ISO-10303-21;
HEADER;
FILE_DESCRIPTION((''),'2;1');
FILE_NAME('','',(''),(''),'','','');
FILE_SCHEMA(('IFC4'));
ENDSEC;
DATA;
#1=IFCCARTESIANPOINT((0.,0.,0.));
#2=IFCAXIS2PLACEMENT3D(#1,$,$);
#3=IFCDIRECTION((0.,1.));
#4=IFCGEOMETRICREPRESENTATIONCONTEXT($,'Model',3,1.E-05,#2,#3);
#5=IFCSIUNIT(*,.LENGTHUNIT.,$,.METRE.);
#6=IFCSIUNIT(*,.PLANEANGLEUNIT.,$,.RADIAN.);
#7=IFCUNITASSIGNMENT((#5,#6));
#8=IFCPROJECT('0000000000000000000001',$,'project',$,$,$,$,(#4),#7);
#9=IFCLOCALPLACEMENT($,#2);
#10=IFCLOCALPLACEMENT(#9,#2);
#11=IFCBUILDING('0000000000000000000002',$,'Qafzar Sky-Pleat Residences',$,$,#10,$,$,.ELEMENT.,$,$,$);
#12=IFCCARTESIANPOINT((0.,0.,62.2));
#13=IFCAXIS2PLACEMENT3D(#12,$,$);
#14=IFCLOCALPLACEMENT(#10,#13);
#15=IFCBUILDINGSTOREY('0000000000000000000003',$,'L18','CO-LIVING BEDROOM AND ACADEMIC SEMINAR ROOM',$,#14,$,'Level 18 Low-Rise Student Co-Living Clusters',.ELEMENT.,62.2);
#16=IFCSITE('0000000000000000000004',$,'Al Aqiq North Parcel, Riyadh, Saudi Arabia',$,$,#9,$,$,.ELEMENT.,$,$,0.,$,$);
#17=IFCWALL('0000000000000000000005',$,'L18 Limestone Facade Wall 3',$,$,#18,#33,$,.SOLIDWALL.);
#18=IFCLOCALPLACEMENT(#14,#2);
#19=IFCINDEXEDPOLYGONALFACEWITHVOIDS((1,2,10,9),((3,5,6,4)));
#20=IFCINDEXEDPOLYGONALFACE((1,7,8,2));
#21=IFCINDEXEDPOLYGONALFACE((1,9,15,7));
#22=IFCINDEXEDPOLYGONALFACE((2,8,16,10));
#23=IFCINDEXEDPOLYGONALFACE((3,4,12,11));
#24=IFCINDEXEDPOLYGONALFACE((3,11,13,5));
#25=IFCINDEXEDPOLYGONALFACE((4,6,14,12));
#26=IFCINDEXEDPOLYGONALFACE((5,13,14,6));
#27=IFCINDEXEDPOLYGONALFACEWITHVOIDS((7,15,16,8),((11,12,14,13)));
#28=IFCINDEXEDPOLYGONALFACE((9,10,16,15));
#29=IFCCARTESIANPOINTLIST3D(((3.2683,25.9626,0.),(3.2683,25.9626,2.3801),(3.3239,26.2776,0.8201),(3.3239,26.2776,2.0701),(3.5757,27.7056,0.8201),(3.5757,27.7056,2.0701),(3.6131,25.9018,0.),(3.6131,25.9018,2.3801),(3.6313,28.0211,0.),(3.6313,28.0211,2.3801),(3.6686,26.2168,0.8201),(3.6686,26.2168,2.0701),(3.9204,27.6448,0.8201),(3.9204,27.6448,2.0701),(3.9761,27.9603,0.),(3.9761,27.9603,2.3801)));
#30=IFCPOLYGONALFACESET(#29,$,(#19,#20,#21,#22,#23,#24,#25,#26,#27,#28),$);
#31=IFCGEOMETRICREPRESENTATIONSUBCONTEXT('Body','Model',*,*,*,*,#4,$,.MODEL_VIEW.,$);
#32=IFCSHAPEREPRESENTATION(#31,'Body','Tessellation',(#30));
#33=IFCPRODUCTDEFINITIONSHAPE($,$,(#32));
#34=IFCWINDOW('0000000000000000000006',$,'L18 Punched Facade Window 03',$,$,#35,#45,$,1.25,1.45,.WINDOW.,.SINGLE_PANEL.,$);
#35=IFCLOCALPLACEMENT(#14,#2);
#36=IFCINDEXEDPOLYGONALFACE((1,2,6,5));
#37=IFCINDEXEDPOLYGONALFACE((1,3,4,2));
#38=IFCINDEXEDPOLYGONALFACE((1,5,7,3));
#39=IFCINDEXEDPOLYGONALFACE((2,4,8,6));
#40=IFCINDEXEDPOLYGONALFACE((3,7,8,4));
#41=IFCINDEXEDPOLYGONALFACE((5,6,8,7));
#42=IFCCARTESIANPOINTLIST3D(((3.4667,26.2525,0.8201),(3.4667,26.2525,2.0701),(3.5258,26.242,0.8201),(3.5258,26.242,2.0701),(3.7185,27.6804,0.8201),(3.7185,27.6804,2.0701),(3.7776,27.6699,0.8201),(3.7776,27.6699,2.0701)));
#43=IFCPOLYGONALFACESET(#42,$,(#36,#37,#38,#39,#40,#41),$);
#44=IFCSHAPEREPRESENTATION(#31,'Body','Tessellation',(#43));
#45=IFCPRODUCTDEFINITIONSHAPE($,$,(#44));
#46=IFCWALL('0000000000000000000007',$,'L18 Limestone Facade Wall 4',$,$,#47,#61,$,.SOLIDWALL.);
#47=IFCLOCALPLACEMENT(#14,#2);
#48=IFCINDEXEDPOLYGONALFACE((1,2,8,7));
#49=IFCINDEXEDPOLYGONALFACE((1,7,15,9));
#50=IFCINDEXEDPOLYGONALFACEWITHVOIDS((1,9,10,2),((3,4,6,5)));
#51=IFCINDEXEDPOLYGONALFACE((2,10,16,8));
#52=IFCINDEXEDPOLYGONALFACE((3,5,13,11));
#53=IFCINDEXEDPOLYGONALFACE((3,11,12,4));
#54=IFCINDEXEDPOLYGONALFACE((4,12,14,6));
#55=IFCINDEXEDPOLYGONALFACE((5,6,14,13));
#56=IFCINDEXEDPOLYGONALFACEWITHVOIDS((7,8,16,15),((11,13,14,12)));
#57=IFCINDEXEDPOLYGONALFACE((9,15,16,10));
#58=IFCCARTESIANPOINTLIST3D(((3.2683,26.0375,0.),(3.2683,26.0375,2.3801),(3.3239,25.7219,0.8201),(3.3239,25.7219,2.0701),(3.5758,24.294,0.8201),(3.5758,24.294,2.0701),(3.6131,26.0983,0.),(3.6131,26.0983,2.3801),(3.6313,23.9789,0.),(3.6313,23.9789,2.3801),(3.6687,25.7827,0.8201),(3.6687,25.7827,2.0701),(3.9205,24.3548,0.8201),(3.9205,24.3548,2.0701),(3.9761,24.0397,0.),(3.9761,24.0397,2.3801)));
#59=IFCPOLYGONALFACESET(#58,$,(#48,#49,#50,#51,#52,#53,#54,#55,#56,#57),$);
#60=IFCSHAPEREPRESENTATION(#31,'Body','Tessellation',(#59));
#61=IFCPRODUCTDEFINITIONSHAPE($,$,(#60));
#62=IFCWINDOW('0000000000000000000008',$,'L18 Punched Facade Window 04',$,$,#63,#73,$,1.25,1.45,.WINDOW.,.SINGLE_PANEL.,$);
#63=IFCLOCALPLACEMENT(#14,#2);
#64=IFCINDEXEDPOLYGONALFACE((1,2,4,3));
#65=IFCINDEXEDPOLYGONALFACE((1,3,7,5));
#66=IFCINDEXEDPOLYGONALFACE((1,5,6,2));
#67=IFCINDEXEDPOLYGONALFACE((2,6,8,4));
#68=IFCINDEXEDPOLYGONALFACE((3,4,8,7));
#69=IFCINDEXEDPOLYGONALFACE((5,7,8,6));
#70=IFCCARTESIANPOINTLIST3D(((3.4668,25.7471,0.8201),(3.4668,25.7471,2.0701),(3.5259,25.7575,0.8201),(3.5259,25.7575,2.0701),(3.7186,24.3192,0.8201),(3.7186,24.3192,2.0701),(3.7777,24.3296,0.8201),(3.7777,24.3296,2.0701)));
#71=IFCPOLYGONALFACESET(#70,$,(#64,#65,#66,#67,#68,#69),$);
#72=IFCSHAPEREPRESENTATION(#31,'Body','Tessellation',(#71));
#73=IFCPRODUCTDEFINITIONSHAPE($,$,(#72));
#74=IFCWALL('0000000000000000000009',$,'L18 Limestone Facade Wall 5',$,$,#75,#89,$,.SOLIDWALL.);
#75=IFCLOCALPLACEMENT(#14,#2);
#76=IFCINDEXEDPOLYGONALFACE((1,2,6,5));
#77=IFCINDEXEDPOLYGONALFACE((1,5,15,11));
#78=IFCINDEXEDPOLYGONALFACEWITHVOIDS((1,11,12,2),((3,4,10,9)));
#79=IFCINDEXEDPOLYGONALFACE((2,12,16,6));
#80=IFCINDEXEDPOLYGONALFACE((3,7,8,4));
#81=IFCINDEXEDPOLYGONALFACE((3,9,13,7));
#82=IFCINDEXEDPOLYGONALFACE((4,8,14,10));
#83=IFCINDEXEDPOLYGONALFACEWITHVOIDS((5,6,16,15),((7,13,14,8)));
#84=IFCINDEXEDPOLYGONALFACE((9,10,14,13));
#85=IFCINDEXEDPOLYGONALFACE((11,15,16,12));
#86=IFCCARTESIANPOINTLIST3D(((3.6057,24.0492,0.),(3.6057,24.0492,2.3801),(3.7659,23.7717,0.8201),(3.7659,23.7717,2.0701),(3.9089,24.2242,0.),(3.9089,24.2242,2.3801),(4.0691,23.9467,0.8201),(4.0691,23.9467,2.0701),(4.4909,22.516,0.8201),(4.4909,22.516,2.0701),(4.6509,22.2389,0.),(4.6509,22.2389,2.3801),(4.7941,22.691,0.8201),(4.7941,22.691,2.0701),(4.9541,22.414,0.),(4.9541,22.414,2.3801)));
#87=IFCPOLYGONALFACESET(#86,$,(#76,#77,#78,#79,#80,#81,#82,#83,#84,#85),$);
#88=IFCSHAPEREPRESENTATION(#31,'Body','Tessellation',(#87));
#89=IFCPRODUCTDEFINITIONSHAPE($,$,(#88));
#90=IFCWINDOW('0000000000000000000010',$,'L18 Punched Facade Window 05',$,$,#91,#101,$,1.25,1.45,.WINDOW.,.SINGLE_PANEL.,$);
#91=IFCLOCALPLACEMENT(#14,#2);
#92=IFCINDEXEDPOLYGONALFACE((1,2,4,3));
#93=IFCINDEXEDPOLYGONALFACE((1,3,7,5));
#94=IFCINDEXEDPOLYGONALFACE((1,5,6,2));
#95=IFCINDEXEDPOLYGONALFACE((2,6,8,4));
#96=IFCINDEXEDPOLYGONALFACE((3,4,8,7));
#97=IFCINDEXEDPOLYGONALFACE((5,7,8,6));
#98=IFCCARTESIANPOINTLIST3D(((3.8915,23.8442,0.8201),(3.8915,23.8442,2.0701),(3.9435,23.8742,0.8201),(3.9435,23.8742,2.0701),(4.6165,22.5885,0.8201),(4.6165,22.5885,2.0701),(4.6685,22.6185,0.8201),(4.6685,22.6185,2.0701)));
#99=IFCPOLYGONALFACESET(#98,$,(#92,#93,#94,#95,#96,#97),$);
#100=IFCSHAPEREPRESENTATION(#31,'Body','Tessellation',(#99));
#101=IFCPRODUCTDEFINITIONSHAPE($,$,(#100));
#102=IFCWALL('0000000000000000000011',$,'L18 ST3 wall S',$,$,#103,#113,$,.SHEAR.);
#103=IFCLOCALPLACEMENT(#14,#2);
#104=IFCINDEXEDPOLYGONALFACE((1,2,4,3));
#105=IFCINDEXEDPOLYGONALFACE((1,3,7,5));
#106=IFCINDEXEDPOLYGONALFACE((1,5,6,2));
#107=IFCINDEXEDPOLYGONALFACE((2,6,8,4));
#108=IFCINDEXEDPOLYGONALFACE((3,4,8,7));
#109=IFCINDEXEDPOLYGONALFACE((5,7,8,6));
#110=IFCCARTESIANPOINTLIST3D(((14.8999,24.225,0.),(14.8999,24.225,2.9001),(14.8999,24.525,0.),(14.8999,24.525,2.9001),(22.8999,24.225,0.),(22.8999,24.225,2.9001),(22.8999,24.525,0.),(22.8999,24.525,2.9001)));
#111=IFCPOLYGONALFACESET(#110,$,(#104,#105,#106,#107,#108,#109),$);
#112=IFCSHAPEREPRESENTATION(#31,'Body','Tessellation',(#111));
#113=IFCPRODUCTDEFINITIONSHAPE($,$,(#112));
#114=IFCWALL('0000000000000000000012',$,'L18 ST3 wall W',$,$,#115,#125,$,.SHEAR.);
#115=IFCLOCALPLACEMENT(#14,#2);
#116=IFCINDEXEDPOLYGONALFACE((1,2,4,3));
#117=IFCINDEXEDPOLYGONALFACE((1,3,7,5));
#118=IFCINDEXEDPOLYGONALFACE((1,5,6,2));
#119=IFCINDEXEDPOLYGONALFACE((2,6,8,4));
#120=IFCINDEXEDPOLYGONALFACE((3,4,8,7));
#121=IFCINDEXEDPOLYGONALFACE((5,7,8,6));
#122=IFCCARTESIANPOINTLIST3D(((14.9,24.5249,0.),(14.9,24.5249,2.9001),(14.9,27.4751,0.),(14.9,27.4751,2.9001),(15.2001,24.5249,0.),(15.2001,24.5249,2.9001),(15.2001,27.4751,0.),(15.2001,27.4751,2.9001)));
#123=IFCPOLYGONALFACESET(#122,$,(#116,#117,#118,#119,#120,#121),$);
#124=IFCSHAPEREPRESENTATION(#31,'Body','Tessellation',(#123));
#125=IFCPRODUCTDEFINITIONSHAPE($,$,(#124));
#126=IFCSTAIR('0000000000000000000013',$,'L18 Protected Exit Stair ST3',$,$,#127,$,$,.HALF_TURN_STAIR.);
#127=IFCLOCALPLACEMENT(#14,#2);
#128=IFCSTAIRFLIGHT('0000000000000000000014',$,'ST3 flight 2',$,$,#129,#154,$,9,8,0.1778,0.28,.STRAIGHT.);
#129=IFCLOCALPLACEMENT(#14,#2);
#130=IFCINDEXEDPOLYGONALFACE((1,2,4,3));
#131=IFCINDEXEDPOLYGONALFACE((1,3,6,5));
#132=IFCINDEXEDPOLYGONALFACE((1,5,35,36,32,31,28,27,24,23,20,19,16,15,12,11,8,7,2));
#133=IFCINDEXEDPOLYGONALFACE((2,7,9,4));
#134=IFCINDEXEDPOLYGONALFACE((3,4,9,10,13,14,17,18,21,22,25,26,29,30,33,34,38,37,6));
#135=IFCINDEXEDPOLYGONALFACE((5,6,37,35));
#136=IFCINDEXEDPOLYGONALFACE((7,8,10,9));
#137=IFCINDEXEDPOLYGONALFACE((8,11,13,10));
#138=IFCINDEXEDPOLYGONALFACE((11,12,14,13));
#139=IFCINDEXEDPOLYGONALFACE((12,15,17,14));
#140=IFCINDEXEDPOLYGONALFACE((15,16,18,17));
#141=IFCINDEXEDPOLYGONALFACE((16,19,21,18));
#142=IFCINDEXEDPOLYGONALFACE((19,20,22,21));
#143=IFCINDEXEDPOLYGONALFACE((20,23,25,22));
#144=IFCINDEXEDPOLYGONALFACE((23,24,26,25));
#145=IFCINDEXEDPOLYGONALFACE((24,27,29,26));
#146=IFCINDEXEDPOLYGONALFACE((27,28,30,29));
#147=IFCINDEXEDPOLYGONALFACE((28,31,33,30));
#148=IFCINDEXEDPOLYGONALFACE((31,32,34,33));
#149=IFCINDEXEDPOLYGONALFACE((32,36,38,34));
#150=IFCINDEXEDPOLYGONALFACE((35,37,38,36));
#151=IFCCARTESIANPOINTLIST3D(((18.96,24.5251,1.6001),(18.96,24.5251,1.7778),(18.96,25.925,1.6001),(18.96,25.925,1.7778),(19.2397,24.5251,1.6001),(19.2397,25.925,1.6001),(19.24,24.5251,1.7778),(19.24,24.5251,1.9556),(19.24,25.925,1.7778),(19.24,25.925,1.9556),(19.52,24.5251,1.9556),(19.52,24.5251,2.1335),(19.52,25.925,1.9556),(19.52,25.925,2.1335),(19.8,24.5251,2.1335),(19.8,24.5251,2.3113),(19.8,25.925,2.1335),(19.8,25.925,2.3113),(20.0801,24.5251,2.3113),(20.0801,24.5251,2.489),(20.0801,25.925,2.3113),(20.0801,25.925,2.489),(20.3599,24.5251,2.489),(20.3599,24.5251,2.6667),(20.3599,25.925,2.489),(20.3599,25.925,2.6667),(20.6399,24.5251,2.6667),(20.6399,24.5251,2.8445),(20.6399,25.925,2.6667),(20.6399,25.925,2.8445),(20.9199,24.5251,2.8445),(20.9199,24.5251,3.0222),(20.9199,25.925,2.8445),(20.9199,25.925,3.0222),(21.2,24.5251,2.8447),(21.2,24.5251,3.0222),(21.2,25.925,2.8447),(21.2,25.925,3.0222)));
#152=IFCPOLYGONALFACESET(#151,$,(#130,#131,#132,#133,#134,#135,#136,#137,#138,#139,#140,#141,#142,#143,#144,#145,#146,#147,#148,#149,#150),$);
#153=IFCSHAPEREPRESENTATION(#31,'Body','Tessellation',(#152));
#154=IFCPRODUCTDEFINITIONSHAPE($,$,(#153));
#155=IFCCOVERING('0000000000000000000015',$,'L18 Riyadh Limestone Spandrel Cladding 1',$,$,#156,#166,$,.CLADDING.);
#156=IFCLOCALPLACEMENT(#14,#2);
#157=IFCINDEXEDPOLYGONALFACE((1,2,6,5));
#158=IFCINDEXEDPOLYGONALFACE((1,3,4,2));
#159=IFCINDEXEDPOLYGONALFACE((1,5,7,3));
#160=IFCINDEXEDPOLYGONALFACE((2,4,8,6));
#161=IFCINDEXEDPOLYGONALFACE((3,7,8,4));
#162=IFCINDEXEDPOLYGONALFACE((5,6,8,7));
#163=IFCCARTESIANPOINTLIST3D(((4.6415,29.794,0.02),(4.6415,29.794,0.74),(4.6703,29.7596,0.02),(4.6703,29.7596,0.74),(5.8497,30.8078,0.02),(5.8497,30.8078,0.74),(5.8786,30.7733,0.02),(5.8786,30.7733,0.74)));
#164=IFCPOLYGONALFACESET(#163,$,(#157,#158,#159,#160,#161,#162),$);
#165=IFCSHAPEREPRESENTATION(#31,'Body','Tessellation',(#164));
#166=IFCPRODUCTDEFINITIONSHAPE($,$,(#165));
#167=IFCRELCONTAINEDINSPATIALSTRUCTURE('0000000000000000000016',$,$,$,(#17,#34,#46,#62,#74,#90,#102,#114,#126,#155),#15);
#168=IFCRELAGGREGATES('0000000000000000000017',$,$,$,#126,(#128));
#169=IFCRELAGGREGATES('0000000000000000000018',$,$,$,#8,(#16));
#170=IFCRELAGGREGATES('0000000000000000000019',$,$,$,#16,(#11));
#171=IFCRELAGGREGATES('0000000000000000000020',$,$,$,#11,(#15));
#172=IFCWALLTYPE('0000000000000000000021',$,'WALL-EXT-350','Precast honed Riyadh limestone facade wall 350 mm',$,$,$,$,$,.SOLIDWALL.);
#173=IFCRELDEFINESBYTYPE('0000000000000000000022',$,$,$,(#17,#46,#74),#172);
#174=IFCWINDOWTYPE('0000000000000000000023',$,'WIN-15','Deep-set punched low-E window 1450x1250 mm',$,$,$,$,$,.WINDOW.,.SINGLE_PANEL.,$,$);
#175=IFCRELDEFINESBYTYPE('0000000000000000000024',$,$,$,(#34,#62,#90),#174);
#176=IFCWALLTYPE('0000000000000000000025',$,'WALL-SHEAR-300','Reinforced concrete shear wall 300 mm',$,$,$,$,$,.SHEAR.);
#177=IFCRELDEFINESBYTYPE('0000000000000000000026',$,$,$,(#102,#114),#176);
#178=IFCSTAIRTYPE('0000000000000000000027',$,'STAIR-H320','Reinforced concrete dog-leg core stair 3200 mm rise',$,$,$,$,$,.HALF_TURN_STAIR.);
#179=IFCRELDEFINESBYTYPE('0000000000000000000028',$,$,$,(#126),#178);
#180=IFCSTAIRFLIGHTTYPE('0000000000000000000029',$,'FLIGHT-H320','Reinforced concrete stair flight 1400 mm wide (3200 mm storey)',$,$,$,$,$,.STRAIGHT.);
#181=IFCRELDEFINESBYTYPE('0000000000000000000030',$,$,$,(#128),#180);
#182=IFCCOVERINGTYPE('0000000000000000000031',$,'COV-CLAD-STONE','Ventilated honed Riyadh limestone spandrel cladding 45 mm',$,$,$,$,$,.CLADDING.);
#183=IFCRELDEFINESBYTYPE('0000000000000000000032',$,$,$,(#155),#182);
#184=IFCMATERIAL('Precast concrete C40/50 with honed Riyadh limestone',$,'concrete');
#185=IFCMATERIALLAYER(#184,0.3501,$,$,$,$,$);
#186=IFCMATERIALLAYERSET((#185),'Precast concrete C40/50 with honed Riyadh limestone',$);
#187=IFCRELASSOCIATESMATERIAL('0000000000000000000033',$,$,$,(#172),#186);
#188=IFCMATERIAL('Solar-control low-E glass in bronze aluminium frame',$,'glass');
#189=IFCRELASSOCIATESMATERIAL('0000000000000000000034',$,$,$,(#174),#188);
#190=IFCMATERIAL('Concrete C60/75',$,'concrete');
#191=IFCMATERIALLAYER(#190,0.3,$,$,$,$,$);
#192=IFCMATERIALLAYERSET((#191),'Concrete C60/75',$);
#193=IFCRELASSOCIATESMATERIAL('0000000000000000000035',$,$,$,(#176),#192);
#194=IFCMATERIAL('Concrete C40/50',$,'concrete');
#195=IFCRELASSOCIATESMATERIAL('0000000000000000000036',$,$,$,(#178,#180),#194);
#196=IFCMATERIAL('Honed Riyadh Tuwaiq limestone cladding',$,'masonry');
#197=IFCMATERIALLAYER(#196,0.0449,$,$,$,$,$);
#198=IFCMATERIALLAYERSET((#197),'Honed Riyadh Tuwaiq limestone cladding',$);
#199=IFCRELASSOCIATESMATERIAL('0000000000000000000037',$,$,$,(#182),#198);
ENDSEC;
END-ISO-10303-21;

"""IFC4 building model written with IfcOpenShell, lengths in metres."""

from ifc_helpers import new_model, si_unit, direction, frame, frame_2d, origin, origin_2d, place, context, subcontext, project, spatial, polyline, rectangle, outline, extrude, source, transform, mapped, material, layer, layer_set, type_object, element, fill, aggregate, save


model = new_model("IFC4")

# Units and contexts
model_context = context("Model", 3, precision=1e-05, world=origin(), true_north=direction((0.0, 1.0)))
body_context = subcontext(model_context, "Body", "Model", "MODEL_VIEW")
ifc_project = project(units=[si_unit("LENGTHUNIT", "METRE"), si_unit("PLANEANGLEUNIT", "RADIAN")], contexts=[model_context])

# Site, building, storey
site_placement = place(None, origin())
site = spatial("IfcSite", under=ifc_project, at=site_placement, Name="Al Aqiq North Parcel, Riyadh, Saudi Arabia", CompositionType="ELEMENT", RefElevation=0.0)
building_placement = place(site_placement, origin())
building = spatial("IfcBuilding", under=site, at=building_placement, Name="Qafzar Sky-Pleat Residences", CompositionType="ELEMENT")
storey_placement = place(building_placement, frame((0.0, 0.0, 62.2)))
storey = spatial("IfcBuildingStorey", under=building, at=storey_placement, Name="L18", Description="CO-LIVING BEDROOM AND ACADEMIC SEMINAR ROOM", LongName="Level 18 Low-Rise Student Co-Living Clusters", CompositionType="ELEMENT", Elevation=62.2)

# Shared definitions
ifc_material_1 = material(Name="Concrete C60/75", Category="concrete")

# Shared definitions
ifc_material_2 = material(Name="Precast concrete C40/50 with honed Riyadh limestone", Category="concrete")
ifc_layer_1 = layer(ifc_material_2, 0.3501)
ifc_layer_set_1 = layer_set([ifc_layer_1], Name="Precast concrete C40/50 with honed Riyadh limestone")
wall_type_1 = type_object("IfcWallType", Name="WALL-EXT-350", Description="Precast honed Riyadh limestone facade wall 350 mm", PredefinedType="SOLIDWALL", material=ifc_layer_set_1)

# Walls, openings, windows
ifc_material_3 = material(Name="Solar-control low-E glass in bronze aluminium frame", Category="glass")
window_type = type_object("IfcWindowType", Name="WIN-15", Description="Deep-set punched low-E window 1450x1250 mm", PartitioningType="SINGLE_PANEL", PredefinedType="WINDOW", material=ifc_material_3)
shared_shape_1 = source(origin(), body_context, "Body", "SweptSolid", [
    extrude(rectangle(XDim=1.45, YDim=1.25, at=frame_2d((0.7251, 0.625))), frame((0.0, 0.03, 0.0), z_axis=(0.0, -1.0, 0.0), x_axis=(1.0, 0.0, 0.0)), (0.0, 0.0, 1.0), 0.0601),
])
wall_1_placement = place(storey_placement, frame((3.8037, 27.9907, 0.0), z_axis=(0.0, 0.0, 1.0), x_axis=(-0.173672, -0.984804, 0.0)))
wall_1 = element("IfcWall", 1, at=wall_1_placement, inside=storey, type_object=wall_type_1, Name="L18 Limestone Facade Wall 3", PredefinedType="SOLIDWALL", context=body_context, shape_type="SweptSolid", body=[
    extrude(rectangle(XDim=2.0903, YDim=0.3501, at=frame_2d((1.0452, 0.0))), origin(), (0.0, 0.0, 1.0), 2.3801),
])
opening_1_placement = place(wall_1_placement, frame((0.3203, 0.0, 0.8201)))
opening_1 = element("IfcOpeningElement", 2, at=opening_1_placement, cuts=wall_1, PredefinedType="OPENING", context=body_context, shape_type="SweptSolid", body=[
    extrude(rectangle(XDim=1.45, YDim=1.25, at=frame_2d((0.7251, 0.625))), frame((0.0, 0.1851, 0.0), z_axis=(0.0, -1.0, 0.0), x_axis=(1.0, 0.0, 0.0)), (0.0, 0.0, 1.0), 0.3701),
])
window_1_placement = place(opening_1_placement, origin())
window_1 = element("IfcWindow", 3, at=window_1_placement, inside=storey, type_object=window_type, Name="L18 Punched Facade Window 03", OverallHeight=1.25, OverallWidth=1.45, PartitioningType="SINGLE_PANEL", PredefinedType="WINDOW", context=body_context, shape_type="MappedRepresentation", body=[
    mapped(shared_shape_1, transform((0.0, 0.0, 0.0), x_axis=(1.0, 0.0, 0.0), y_axis=(0.0, 1.0, 0.0), z_axis=(0.0, 0.0, 1.0), scale=1.0)),
])
fill(opening_1, window_1)
wall_2_placement = place(storey_placement, frame((3.4407, 26.0679, 0.0), z_axis=(0.0, 0.0, 1.0), x_axis=(0.173672, -0.984804, 0.0)))
wall_2 = element("IfcWall", 4, at=wall_2_placement, inside=storey, type_object=wall_type_1, Name="L18 Limestone Facade Wall 4", PredefinedType="SOLIDWALL", context=body_context, shape_type="SweptSolid", body=[
    extrude(rectangle(XDim=2.0903, YDim=0.3501, at=frame_2d((1.0452, 0.0))), origin(), (0.0, 0.0, 1.0), 2.3801),
])
opening_2_placement = place(wall_2_placement, frame((0.3203, 0.0, 0.8201)))
opening_2 = element("IfcOpeningElement", 5, at=opening_2_placement, cuts=wall_2, PredefinedType="OPENING", context=body_context, shape_type="SweptSolid", body=[
    extrude(rectangle(XDim=1.45, YDim=1.25, at=frame_2d((0.7251, 0.625))), frame((0.0, 0.1851, 0.0), z_axis=(0.0, -1.0, 0.0), x_axis=(1.0, 0.0, 0.0)), (0.0, 0.0, 1.0), 0.3701),
])
window_2_placement = place(opening_2_placement, origin())
window_2 = element("IfcWindow", 6, at=window_2_placement, inside=storey, type_object=window_type, Name="L18 Punched Facade Window 04", OverallHeight=1.25, OverallWidth=1.45, PartitioningType="SINGLE_PANEL", PredefinedType="WINDOW", context=body_context, shape_type="MappedRepresentation", body=[
    mapped(shared_shape_1, transform((0.0, 0.0, 0.0), x_axis=(1.0, 0.0, 0.0), y_axis=(0.0, 1.0, 0.0), z_axis=(0.0, 0.0, 1.0), scale=1.0)),
])
fill(opening_2, window_2)
wall_3_placement = place(storey_placement, frame((3.7573, 24.1367, 0.0), z_axis=(0.0, 0.0, 1.0), x_axis=(0.499995, -0.866028, 0.0)))
wall_3 = element("IfcWall", 7, at=wall_3_placement, inside=storey, type_object=wall_type_1, Name="L18 Limestone Facade Wall 5", PredefinedType="SOLIDWALL", context=body_context, shape_type="SweptSolid", body=[
    extrude(rectangle(XDim=2.0903, YDim=0.3501, at=frame_2d((1.0452, 0.0))), origin(), (0.0, 0.0, 1.0), 2.3801),
])
opening_3_placement = place(wall_3_placement, frame((0.3203, 0.0, 0.8201)))
opening_3 = element("IfcOpeningElement", 8, at=opening_3_placement, cuts=wall_3, PredefinedType="OPENING", context=body_context, shape_type="SweptSolid", body=[
    extrude(rectangle(XDim=1.45, YDim=1.25, at=frame_2d((0.7251, 0.625))), frame((0.0, 0.1851, 0.0), z_axis=(0.0, -1.0, 0.0), x_axis=(1.0, 0.0, 0.0)), (0.0, 0.0, 1.0), 0.3701),
])
window_3_placement = place(opening_3_placement, origin())
window_3 = element("IfcWindow", 9, at=window_3_placement, inside=storey, type_object=window_type, Name="L18 Punched Facade Window 05", OverallHeight=1.25, OverallWidth=1.45, PartitioningType="SINGLE_PANEL", PredefinedType="WINDOW", context=body_context, shape_type="MappedRepresentation", body=[
    mapped(shared_shape_1, transform((0.0, 0.0, 0.0), x_axis=(1.0, 0.0, 0.0), y_axis=(0.0, 1.0, 0.0), z_axis=(0.0, 0.0, 1.0), scale=1.0)),
])
fill(opening_3, window_3)

# Walls
ifc_layer_2 = layer(ifc_material_1, 0.3)
ifc_layer_set_2 = layer_set([ifc_layer_2], Name="Concrete C60/75")
wall_type_2 = type_object("IfcWallType", Name="WALL-SHEAR-300", Description="Reinforced concrete shear wall 300 mm", PredefinedType="SHEAR", material=ifc_layer_set_2)
wall_4_placement = place(storey_placement, frame((14.8999, 24.375, 0.0), z_axis=(0.0, 0.0, 1.0), x_axis=(1.0, 0.0, 0.0)))
element("IfcWall", 10, at=wall_4_placement, inside=storey, type_object=wall_type_2, Name="L18 ST3 wall S", PredefinedType="SHEAR", context=body_context, shape_type="SweptSolid", body=[
    extrude(rectangle(XDim=8.0, YDim=0.3, at=frame_2d((4.0, 0.0))), origin(), (0.0, 0.0, 1.0), 2.9001),
])
wall_5_placement = place(storey_placement, frame((15.05, 27.4751, 0.0), z_axis=(0.0, 0.0, 1.0), x_axis=(0.0, -1.0, 0.0)))
element("IfcWall", 11, at=wall_5_placement, inside=storey, type_object=wall_type_2, Name="L18 ST3 wall W", PredefinedType="SHEAR", context=body_context, shape_type="SweptSolid", body=[
    extrude(rectangle(XDim=2.9502, YDim=0.3, at=frame_2d((1.4751, 0.0))), origin(), (0.0, 0.0, 1.0), 2.9001),
])

# Stair, stair flight
ifc_material_4 = material(Name="Concrete C40/50", Category="concrete")
stair_type = type_object("IfcStairType", Name="STAIR-H320", Description="Reinforced concrete dog-leg core stair 3200 mm rise", PredefinedType="HALF_TURN_STAIR", material=ifc_material_4)
stair_placement = place(storey_placement, origin())
stair = element("IfcStair", 12, at=stair_placement, inside=storey, type_object=stair_type, Name="L18 Protected Exit Stair ST3", PredefinedType="HALF_TURN_STAIR")
stair_flight_type = type_object("IfcStairFlightType", Name="FLIGHT-H320", Description="Reinforced concrete stair flight 1400 mm wide (3200 mm storey)", PredefinedType="STRAIGHT", material=ifc_material_4)
shared_shape_2 = source(origin(), body_context, "Body", "SweptSolid", [
    extrude(outline(polyline([(0.0, 0.0), (0.0, 0.1777), (0.28, 0.1777), (0.28, 0.3555), (0.5601, 0.3555), (0.5601, 0.5334), (0.8401, 0.5334), (0.8401, 0.7112), (1.1201, 0.7112), (1.1201, 0.8889), (1.3999, 0.8889), (1.3999, 1.0667), (1.6799, 1.0667), (1.6799, 1.2444), (1.96, 1.2444), (1.96, 1.4221), (2.24, 1.4221), (2.24, 1.6001), (2.24, 1.2446), (0.2798, 0.0), (0.0, 0.0)])), frame((0.0, 0.7, 0.0), z_axis=(0.0, -1.0, 0.0), x_axis=(1.0, 0.0, 0.0)), (0.0, 0.0, 1.0), 1.3999),
])
stair_flight_placement = place(storey_placement, frame((18.96, 25.2251, 1.6001), z_axis=(0.0, 0.0, 1.0), x_axis=(1.0, 0.0, 0.0)))
stair_flight = element("IfcStairFlight", 13, at=stair_flight_placement, type_object=stair_flight_type, Name="ST3 flight 2", NumberOfRisers=9, NumberOfTreads=8, PredefinedType="STRAIGHT", RiserHeight=0.1778, TreadLength=0.28, context=body_context, shape_type="MappedRepresentation", body=[
    mapped(shared_shape_2, transform((0.0, 0.0, 0.0), x_axis=(1.0, 0.0, 0.0), y_axis=(0.0, 1.0, 0.0), z_axis=(0.0, 0.0, 1.0), scale=1.0)),
])
aggregate(stair, [stair_flight])

# Covering
ifc_material_5 = material(Name="Honed Riyadh Tuwaiq limestone cladding", Category="masonry")
ifc_layer_3 = layer(ifc_material_5, 0.0449)
ifc_layer_set_3 = layer_set([ifc_layer_3], Name="Honed Riyadh Tuwaiq limestone cladding")
covering_type = type_object("IfcCoveringType", Name="COV-CLAD-STONE", Description="Ventilated honed Riyadh limestone spandrel cladding 45 mm", PredefinedType="CLADDING", material=ifc_layer_set_3)
shared_shape_3 = source(origin(), body_context, "Body", "SweptSolid", [
    extrude(rectangle(XDim=1.5771, YDim=0.0449, at=origin_2d()), origin(), (0.0, 0.0, 1.0), 0.72),
])
covering_1_placement = place(storey_placement, frame((5.26, 30.2837, 0.02), z_axis=(0.0, 0.0, 1.0), x_axis=(-0.766075, -0.642752, 0.0)))
element("IfcCovering", 14, at=covering_1_placement, inside=storey, type_object=covering_type, Name="L18 Riyadh Limestone Spandrel Cladding 1", PredefinedType="CLADDING", context=body_context, shape_type="MappedRepresentation", body=[
    mapped(shared_shape_3, transform((0.0, 0.0, 0.0), x_axis=(1.0, 0.0, 0.0), y_axis=(0.0, 1.0, 0.0), z_axis=(0.0, 0.0, 1.0), scale=1.0)),
])

save(model, "model.ifc")
